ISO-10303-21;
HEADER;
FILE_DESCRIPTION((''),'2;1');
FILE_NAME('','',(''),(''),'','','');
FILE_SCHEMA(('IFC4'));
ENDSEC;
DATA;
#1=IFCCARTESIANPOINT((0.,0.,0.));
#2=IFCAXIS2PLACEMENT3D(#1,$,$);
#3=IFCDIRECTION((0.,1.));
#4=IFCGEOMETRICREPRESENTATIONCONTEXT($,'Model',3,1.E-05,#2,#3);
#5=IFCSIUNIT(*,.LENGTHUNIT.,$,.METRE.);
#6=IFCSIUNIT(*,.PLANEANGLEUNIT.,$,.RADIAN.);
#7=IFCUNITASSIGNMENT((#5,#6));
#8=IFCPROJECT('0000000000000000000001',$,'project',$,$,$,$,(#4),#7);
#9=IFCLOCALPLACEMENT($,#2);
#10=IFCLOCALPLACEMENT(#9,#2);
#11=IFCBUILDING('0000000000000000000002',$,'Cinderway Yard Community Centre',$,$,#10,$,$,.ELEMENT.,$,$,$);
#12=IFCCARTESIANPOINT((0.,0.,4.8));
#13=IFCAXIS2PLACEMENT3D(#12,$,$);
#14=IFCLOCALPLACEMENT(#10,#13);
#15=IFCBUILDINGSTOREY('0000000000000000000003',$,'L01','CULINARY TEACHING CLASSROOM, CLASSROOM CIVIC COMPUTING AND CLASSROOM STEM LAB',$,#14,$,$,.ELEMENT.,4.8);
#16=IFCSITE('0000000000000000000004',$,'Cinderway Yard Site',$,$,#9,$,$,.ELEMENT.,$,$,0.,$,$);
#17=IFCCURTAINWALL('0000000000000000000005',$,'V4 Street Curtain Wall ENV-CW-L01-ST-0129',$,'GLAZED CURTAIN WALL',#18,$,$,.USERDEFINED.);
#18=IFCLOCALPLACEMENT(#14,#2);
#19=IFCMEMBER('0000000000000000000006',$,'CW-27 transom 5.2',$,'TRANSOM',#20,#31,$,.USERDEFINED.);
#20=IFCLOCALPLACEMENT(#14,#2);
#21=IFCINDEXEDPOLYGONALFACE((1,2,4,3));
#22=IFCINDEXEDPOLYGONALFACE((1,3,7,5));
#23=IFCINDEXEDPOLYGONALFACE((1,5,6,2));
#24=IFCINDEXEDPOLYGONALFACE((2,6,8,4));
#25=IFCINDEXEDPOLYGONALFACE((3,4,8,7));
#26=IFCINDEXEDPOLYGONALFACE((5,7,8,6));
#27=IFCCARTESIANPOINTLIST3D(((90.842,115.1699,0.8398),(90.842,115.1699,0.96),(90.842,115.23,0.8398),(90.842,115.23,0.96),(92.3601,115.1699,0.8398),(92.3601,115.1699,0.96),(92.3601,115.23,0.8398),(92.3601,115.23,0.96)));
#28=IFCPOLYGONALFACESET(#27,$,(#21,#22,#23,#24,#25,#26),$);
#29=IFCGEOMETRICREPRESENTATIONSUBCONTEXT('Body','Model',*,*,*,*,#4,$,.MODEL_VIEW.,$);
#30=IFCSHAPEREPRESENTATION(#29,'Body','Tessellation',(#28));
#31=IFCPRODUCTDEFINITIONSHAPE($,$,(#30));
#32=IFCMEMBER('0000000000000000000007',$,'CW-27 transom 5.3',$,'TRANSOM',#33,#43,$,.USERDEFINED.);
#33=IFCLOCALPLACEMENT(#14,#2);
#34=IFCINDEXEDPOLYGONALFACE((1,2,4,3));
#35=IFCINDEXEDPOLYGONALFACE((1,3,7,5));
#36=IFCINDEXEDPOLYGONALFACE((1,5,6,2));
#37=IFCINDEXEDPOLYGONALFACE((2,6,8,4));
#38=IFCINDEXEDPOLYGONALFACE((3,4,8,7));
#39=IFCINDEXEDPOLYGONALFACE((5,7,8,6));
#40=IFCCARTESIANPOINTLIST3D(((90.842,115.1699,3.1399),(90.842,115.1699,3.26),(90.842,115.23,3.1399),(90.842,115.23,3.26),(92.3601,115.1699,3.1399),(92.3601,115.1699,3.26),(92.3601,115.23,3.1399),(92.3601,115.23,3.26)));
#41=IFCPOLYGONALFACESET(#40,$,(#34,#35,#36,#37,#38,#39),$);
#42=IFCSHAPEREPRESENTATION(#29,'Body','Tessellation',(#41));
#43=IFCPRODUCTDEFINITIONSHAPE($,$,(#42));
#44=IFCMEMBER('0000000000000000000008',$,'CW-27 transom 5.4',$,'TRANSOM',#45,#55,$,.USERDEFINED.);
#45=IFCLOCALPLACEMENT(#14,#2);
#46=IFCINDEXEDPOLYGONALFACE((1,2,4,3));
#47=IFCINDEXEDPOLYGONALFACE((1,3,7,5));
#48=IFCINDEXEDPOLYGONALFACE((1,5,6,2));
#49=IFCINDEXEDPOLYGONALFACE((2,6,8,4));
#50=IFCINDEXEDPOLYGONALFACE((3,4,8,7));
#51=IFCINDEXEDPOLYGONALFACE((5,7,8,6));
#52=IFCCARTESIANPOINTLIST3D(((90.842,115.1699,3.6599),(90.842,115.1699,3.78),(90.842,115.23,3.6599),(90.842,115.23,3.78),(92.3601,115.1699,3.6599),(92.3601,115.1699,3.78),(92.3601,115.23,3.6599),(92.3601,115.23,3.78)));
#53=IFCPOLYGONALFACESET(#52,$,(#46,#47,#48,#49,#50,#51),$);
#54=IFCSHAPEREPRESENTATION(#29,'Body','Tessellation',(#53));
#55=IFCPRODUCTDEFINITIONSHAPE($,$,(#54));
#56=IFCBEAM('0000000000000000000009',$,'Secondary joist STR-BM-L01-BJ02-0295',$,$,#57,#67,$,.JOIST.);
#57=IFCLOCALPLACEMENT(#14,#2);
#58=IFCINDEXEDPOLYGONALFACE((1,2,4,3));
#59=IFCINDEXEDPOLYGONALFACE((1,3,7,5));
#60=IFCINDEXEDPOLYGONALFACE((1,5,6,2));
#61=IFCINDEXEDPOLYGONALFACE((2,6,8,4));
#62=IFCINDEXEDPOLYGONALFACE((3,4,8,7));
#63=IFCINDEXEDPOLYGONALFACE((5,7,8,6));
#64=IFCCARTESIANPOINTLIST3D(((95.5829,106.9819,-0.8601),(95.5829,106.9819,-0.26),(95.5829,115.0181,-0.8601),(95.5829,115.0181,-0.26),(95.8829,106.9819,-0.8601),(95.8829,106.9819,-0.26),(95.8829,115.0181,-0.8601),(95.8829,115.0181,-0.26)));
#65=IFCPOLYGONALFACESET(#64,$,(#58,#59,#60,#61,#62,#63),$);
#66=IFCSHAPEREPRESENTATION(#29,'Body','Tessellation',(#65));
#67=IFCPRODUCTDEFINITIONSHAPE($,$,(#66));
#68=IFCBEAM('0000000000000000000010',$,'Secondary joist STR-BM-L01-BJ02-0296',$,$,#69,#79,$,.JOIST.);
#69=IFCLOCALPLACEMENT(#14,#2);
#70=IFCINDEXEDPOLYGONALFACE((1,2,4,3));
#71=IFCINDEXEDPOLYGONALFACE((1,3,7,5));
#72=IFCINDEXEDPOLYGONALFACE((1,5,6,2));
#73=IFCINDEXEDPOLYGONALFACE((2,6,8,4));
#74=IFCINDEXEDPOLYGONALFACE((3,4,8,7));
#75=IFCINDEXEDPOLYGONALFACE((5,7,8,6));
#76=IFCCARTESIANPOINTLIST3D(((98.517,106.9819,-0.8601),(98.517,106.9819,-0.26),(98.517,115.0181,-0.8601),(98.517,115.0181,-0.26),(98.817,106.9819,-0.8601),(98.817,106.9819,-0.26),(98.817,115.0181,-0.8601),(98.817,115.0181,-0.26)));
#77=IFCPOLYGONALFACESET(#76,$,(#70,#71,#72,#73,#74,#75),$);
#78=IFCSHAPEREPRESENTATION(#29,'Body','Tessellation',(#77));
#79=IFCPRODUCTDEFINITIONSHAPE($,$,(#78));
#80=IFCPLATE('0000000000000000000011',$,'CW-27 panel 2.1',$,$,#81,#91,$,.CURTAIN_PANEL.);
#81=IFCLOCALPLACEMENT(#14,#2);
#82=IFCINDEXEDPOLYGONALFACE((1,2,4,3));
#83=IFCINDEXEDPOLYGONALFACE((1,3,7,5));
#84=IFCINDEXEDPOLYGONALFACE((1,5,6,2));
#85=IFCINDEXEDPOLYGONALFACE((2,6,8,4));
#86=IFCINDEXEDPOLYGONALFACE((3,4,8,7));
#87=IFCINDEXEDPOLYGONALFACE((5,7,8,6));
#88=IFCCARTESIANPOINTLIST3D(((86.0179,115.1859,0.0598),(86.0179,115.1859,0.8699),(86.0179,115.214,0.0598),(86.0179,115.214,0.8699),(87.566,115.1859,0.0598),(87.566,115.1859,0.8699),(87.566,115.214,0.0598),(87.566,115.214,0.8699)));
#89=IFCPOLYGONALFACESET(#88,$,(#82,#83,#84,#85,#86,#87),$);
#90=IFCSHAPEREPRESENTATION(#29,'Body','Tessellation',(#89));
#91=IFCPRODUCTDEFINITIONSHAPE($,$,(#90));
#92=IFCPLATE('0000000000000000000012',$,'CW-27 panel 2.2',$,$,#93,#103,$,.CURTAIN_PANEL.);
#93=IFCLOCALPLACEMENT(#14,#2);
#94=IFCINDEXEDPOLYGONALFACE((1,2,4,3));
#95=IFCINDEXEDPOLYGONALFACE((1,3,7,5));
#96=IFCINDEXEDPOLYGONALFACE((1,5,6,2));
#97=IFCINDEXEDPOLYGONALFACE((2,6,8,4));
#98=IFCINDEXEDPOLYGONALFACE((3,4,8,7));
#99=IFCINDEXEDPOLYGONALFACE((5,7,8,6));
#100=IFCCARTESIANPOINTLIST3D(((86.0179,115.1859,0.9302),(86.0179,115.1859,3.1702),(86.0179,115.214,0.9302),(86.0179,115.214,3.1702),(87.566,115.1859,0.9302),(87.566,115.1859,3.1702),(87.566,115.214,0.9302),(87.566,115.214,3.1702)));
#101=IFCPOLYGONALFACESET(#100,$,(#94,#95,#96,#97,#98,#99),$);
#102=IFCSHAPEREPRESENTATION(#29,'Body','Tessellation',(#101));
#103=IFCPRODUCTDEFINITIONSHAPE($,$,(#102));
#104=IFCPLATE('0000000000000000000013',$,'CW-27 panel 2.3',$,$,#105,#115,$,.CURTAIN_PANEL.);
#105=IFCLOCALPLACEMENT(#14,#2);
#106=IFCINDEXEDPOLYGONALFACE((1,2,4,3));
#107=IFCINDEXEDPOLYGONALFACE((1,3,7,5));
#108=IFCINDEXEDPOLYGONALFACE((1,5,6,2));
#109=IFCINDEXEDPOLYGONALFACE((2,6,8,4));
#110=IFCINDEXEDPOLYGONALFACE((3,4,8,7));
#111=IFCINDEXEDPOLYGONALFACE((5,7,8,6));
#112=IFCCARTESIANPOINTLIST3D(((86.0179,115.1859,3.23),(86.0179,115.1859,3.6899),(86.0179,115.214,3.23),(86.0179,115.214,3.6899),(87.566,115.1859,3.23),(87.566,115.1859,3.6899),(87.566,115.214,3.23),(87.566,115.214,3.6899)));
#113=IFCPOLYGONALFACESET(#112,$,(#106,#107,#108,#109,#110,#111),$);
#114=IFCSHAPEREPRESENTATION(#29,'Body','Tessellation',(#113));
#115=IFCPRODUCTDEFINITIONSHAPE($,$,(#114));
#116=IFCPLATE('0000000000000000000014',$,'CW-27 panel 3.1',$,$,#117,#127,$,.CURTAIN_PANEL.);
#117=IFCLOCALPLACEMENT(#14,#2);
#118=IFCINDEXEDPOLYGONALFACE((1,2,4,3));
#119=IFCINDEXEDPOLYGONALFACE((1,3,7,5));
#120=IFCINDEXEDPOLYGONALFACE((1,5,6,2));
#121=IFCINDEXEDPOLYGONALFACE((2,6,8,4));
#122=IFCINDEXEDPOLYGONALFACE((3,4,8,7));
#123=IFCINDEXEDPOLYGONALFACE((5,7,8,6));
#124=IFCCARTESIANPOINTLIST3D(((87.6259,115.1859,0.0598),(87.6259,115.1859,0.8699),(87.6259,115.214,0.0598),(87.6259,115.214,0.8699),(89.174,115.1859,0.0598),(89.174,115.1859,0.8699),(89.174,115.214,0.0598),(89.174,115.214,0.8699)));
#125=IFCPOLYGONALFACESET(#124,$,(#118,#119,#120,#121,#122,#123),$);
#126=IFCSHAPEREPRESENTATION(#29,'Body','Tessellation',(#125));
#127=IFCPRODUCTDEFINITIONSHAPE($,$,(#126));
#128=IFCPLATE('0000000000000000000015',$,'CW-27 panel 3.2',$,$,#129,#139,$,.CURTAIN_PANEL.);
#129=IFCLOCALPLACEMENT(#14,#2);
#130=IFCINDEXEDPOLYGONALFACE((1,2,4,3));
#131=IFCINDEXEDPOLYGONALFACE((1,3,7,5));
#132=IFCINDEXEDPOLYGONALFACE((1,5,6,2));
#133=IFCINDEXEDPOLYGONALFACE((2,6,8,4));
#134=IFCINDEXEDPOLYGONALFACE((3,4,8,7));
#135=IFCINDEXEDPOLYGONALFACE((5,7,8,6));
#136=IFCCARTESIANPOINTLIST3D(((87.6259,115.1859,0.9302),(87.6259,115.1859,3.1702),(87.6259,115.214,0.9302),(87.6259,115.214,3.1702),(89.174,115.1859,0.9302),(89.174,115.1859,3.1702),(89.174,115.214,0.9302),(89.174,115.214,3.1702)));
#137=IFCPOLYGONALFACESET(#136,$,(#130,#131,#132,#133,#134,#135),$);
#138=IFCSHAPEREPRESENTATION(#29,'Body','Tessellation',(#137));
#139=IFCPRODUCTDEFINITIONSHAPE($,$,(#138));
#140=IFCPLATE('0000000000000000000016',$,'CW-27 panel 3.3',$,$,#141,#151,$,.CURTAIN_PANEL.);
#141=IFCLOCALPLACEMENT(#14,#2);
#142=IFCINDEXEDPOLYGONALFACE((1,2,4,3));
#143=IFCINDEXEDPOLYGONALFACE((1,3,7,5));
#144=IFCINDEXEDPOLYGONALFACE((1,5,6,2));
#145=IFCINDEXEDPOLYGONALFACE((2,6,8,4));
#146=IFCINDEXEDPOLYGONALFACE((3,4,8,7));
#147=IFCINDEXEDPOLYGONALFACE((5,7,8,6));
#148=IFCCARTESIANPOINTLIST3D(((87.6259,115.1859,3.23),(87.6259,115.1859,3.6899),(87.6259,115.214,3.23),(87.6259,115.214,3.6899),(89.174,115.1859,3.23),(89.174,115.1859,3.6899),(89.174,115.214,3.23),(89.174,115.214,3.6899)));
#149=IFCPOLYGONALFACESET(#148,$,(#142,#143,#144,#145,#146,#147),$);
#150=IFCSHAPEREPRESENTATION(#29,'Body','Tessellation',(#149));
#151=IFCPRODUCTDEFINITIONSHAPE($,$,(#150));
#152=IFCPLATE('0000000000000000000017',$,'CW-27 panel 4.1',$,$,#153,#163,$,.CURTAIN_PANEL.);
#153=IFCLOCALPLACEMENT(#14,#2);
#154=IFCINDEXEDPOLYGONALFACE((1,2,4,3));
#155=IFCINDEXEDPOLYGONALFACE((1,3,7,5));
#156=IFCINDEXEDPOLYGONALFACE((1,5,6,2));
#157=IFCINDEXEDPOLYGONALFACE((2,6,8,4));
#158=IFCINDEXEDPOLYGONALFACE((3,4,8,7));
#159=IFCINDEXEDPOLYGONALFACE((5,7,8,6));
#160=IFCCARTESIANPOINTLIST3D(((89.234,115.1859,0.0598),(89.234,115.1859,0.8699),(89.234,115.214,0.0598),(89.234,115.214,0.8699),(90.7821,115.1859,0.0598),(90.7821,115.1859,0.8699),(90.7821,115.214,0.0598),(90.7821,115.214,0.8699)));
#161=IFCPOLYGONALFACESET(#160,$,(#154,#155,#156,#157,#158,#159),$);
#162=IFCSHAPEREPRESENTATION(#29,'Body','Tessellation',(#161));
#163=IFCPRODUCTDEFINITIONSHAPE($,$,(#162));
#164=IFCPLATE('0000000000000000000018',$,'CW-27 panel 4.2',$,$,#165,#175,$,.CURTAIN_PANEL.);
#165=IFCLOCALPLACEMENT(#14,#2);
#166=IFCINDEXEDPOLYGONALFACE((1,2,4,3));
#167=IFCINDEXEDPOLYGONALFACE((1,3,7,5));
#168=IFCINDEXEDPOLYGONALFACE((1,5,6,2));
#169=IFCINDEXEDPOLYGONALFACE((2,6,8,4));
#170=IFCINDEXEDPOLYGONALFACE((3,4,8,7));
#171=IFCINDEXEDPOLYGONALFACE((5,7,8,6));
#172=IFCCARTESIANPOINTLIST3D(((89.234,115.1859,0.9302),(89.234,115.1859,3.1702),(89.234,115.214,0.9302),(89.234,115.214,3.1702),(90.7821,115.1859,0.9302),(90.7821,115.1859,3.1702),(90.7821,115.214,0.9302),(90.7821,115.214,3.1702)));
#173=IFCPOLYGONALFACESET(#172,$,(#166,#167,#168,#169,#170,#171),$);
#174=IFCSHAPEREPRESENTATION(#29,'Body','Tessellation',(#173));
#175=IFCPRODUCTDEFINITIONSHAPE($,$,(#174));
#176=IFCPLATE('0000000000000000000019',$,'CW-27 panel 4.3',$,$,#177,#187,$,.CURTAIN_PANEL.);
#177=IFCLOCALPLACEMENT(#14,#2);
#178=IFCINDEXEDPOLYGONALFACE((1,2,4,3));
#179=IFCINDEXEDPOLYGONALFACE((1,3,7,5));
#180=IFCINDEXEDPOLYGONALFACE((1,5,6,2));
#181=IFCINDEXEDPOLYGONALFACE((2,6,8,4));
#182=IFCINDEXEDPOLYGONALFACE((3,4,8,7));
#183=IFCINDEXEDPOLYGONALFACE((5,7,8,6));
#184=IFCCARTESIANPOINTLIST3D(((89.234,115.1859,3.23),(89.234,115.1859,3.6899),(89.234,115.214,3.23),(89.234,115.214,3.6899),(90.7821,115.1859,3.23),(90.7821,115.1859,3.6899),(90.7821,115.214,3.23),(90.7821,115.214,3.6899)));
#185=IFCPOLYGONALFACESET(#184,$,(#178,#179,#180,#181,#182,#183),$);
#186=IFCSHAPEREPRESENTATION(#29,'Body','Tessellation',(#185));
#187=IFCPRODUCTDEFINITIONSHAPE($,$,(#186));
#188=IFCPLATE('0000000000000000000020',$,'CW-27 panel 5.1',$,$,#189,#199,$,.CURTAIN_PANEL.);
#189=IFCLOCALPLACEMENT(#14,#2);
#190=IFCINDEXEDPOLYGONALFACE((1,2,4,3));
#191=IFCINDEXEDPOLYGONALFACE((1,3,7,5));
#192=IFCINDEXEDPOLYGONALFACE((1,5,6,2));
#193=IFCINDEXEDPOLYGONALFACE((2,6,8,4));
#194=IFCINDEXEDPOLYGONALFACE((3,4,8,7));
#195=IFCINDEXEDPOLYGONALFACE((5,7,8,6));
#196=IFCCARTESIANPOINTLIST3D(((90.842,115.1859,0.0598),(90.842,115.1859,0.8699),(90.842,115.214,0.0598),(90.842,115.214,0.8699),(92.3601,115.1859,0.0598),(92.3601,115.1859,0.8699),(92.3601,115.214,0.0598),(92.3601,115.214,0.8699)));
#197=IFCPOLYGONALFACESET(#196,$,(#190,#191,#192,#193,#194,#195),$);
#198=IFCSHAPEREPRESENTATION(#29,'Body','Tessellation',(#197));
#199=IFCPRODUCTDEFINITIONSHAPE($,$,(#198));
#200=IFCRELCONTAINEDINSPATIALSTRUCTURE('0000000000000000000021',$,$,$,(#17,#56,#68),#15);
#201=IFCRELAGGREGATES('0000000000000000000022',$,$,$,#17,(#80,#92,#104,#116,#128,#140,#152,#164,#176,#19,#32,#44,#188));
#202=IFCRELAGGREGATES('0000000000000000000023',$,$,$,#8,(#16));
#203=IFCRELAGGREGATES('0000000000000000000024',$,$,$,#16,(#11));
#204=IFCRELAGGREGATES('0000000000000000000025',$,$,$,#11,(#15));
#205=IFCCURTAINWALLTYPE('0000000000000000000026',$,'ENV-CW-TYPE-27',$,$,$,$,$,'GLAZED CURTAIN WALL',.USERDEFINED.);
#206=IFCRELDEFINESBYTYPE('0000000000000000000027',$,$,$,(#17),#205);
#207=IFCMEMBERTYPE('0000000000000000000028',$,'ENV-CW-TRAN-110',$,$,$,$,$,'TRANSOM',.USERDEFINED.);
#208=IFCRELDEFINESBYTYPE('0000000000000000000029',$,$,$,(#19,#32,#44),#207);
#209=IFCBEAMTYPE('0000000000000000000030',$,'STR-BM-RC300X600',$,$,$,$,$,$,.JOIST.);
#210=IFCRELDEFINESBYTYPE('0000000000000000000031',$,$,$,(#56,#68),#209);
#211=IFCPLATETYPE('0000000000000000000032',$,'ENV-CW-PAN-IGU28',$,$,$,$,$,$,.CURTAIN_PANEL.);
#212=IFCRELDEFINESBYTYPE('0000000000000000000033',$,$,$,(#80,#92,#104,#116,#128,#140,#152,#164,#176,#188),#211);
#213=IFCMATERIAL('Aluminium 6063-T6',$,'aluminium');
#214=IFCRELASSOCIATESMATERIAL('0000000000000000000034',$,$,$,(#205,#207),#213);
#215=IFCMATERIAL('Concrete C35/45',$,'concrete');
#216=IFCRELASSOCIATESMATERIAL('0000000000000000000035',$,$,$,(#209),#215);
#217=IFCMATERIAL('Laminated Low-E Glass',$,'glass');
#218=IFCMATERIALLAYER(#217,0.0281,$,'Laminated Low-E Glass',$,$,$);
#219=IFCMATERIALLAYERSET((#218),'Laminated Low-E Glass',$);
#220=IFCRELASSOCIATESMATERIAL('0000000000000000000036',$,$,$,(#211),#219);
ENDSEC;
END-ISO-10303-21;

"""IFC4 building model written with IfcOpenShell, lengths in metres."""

from ifc_helpers import new_model, si_unit, direction, frame, origin, origin_2d, place, context, subcontext, project, spatial, rectangle, extrude, material, layer, layer_set, material_profile, profile_set, type_object, element, aggregate, save


model = new_model("IFC4")

# Units and contexts
model_context = context("Model", 3, precision=1e-05, world=origin(), true_north=direction((0.0, 1.0)))
body_context = subcontext(model_context, "Body", "Model", "MODEL_VIEW")
ifc_project = project(units=[si_unit("LENGTHUNIT", "METRE"), si_unit("PLANEANGLEUNIT", "RADIAN")], contexts=[model_context])

# Site, building, storey
site_placement = place(None, origin())
site = spatial("IfcSite", under=ifc_project, at=site_placement, Name="Cinderway Yard Site", CompositionType="ELEMENT", RefElevation=0.0)
building_placement = place(site_placement, origin())
building = spatial("IfcBuilding", under=site, at=building_placement, Name="Cinderway Yard Community Centre", CompositionType="ELEMENT")
storey_placement = place(building_placement, frame((0.0, 0.0, 4.8)))
storey = spatial("IfcBuildingStorey", under=building, at=storey_placement, Name="L01", Description="CULINARY TEACHING CLASSROOM, CLASSROOM CIVIC COMPUTING AND CLASSROOM STEM LAB", CompositionType="ELEMENT", Elevation=4.8)

# Curtain wall, members
ifc_material_1 = material(Name="Aluminium 6063-T6", Category="aluminium")
curtain_wall_type = type_object("IfcCurtainWallType", Name="ENV-CW-TYPE-27", ElementType="GLAZED CURTAIN WALL", PredefinedType="USERDEFINED", material=ifc_material_1)
curtain_wall_placement = place(storey_placement, origin())
curtain_wall = element("IfcCurtainWall", 1, at=curtain_wall_placement, inside=storey, type_object=curtain_wall_type, Name="V4 Street Curtain Wall ENV-CW-L01-ST-0129", ObjectType="GLAZED CURTAIN WALL", PredefinedType="USERDEFINED")
ifc_material_profile_1 = material_profile(ifc_material_1, rectangle(XDim=0.0601, YDim=0.1201, at=origin_2d()), Name="Aluminium 6063-T6")
ifc_profile_set_1 = profile_set([ifc_material_profile_1], Name="Aluminium 6063-T6")
member_type_1 = type_object("IfcMemberType", Name="ENV-CW-TRAN-110", ElementType="TRANSOM", PredefinedType="USERDEFINED", material=ifc_profile_set_1)
member_1_placement = place(storey_placement, frame((90.842, 115.2, 0.8999), z_axis=(1.0, 0.0, 0.0), x_axis=(0.0, 1.0, 0.0)))
member_1 = element("IfcMember", 2, at=member_1_placement, type_object=member_type_1, Name="CW-27 transom 5.2", ObjectType="TRANSOM", PredefinedType="USERDEFINED", context=body_context, shape_type="SweptSolid", body=[
    extrude(rectangle(XDim=0.0601, YDim=0.1201, at=origin_2d()), origin(), (0.0, 0.0, 1.0), 1.5181),
])
member_2_placement = place(storey_placement, frame((90.842, 115.2, 3.2), z_axis=(1.0, 0.0, 0.0), x_axis=(0.0, 1.0, 0.0)))
member_2 = element("IfcMember", 3, at=member_2_placement, type_object=member_type_1, Name="CW-27 transom 5.3", ObjectType="TRANSOM", PredefinedType="USERDEFINED", context=body_context, shape_type="SweptSolid", body=[
    extrude(rectangle(XDim=0.0601, YDim=0.1201, at=origin_2d()), origin(), (0.0, 0.0, 1.0), 1.5181),
])
member_3_placement = place(storey_placement, frame((90.842, 115.2, 3.72), z_axis=(1.0, 0.0, 0.0), x_axis=(0.0, 1.0, 0.0)))
member_3 = element("IfcMember", 4, at=member_3_placement, type_object=member_type_1, Name="CW-27 transom 5.4", ObjectType="TRANSOM", PredefinedType="USERDEFINED", context=body_context, shape_type="SweptSolid", body=[
    extrude(rectangle(XDim=0.0601, YDim=0.1201, at=origin_2d()), origin(), (0.0, 0.0, 1.0), 1.5181),
])

# Beams
ifc_material_2 = material(Name="Concrete C35/45", Category="concrete")
ifc_material_profile_2 = material_profile(ifc_material_2, rectangle(XDim=0.3, YDim=0.6001, at=origin_2d()), Name="Concrete C35/45")
ifc_profile_set_2 = profile_set([ifc_material_profile_2], Name="Concrete C35/45")
beam_type = type_object("IfcBeamType", Name="STR-BM-RC300X600", PredefinedType="JOIST", material=ifc_profile_set_2)
for number, where, z_axis, x_axis, name in (
    (5, (95.7329, 106.9819, -0.5601), (0.0, 1.0, 0.0), (-1.0, 0.0, 0.0), "Secondary joist STR-BM-L01-BJ02-0295"),
    (6, (98.667, 106.9819, -0.5601), (0.0, 1.0, 0.0), (-1.0, 0.0, 0.0), "Secondary joist STR-BM-L01-BJ02-0296"),
):
    element("IfcBeam", number, at=place(storey_placement, frame(where, z_axis=z_axis, x_axis=x_axis)), inside=storey, type_object=beam_type, Name=name, PredefinedType="JOIST", context=body_context, shape_type="SweptSolid", body=[
        extrude(rectangle(XDim=0.3, YDim=0.6001, at=origin_2d()), origin(), (0.0, 0.0, 1.0), 8.0361),
    ])

# Plates
ifc_material_3 = material(Name="Laminated Low-E Glass", Category="glass")
ifc_layer = layer(ifc_material_3, 0.0281, Name="Laminated Low-E Glass")
ifc_layer_set = layer_set([ifc_layer], Name="Laminated Low-E Glass")
plate_type = type_object("IfcPlateType", Name="ENV-CW-PAN-IGU28", PredefinedType="CURTAIN_PANEL", material=ifc_layer_set)
plate_1_placement = place(storey_placement, frame((86.792, 115.2, 0.0598), z_axis=(0.0, 0.0, 1.0), x_axis=(1.0, 0.0, 0.0)))
plate_1 = element("IfcPlate", 7, at=plate_1_placement, type_object=plate_type, Name="CW-27 panel 2.1", PredefinedType="CURTAIN_PANEL", context=body_context, shape_type="SweptSolid", body=[
    extrude(rectangle(XDim=1.5481, YDim=0.0281, at=origin_2d()), origin(), (0.0, 0.0, 1.0), 0.8101),
])
plate_2_placement = place(storey_placement, frame((86.792, 115.2, 0.9302), z_axis=(0.0, 0.0, 1.0), x_axis=(1.0, 0.0, 0.0)))
plate_2 = element("IfcPlate", 8, at=plate_2_placement, type_object=plate_type, Name="CW-27 panel 2.2", PredefinedType="CURTAIN_PANEL", context=body_context, shape_type="SweptSolid", body=[
    extrude(rectangle(XDim=1.5481, YDim=0.0281, at=origin_2d()), origin(), (0.0, 0.0, 1.0), 2.24),
])
plate_3_placement = place(storey_placement, frame((86.792, 115.2, 3.23), z_axis=(0.0, 0.0, 1.0), x_axis=(1.0, 0.0, 0.0)))
plate_3 = element("IfcPlate", 9, at=plate_3_placement, type_object=plate_type, Name="CW-27 panel 2.3", PredefinedType="CURTAIN_PANEL", context=body_context, shape_type="SweptSolid", body=[
    extrude(rectangle(XDim=1.5481, YDim=0.0281, at=origin_2d()), origin(), (0.0, 0.0, 1.0), 0.46),
])
plate_4_placement = place(storey_placement, frame((88.3999, 115.2, 0.0598), z_axis=(0.0, 0.0, 1.0), x_axis=(1.0, 0.0, 0.0)))
plate_4 = element("IfcPlate", 10, at=plate_4_placement, type_object=plate_type, Name="CW-27 panel 3.1", PredefinedType="CURTAIN_PANEL", context=body_context, shape_type="SweptSolid", body=[
    extrude(rectangle(XDim=1.5481, YDim=0.0281, at=origin_2d()), origin(), (0.0, 0.0, 1.0), 0.8101),
])
plate_5_placement = place(storey_placement, frame((88.3999, 115.2, 0.9302), z_axis=(0.0, 0.0, 1.0), x_axis=(1.0, 0.0, 0.0)))
plate_5 = element("IfcPlate", 11, at=plate_5_placement, type_object=plate_type, Name="CW-27 panel 3.2", PredefinedType="CURTAIN_PANEL", context=body_context, shape_type="SweptSolid", body=[
    extrude(rectangle(XDim=1.5481, YDim=0.0281, at=origin_2d()), origin(), (0.0, 0.0, 1.0), 2.24),
])
plate_6_placement = place(storey_placement, frame((88.3999, 115.2, 3.23), z_axis=(0.0, 0.0, 1.0), x_axis=(1.0, 0.0, 0.0)))
plate_6 = element("IfcPlate", 12, at=plate_6_placement, type_object=plate_type, Name="CW-27 panel 3.3", PredefinedType="CURTAIN_PANEL", context=body_context, shape_type="SweptSolid", body=[
    extrude(rectangle(XDim=1.5481, YDim=0.0281, at=origin_2d()), origin(), (0.0, 0.0, 1.0), 0.46),
])
plate_7_placement = place(storey_placement, frame((90.0081, 115.2, 0.0598), z_axis=(0.0, 0.0, 1.0), x_axis=(1.0, 0.0, 0.0)))
plate_7 = element("IfcPlate", 13, at=plate_7_placement, type_object=plate_type, Name="CW-27 panel 4.1", PredefinedType="CURTAIN_PANEL", context=body_context, shape_type="SweptSolid", body=[
    extrude(rectangle(XDim=1.5481, YDim=0.0281, at=origin_2d()), origin(), (0.0, 0.0, 1.0), 0.8101),
])
plate_8_placement = place(storey_placement, frame((90.0081, 115.2, 0.9302), z_axis=(0.0, 0.0, 1.0), x_axis=(1.0, 0.0, 0.0)))
plate_8 = element("IfcPlate", 14, at=plate_8_placement, type_object=plate_type, Name="CW-27 panel 4.2", PredefinedType="CURTAIN_PANEL", context=body_context, shape_type="SweptSolid", body=[
    extrude(rectangle(XDim=1.5481, YDim=0.0281, at=origin_2d()), origin(), (0.0, 0.0, 1.0), 2.24),
])
plate_9_placement = place(storey_placement, frame((90.0081, 115.2, 3.23), z_axis=(0.0, 0.0, 1.0), x_axis=(1.0, 0.0, 0.0)))
plate_9 = element("IfcPlate", 15, at=plate_9_placement, type_object=plate_type, Name="CW-27 panel 4.3", PredefinedType="CURTAIN_PANEL", context=body_context, shape_type="SweptSolid", body=[
    extrude(rectangle(XDim=1.5481, YDim=0.0281, at=origin_2d()), origin(), (0.0, 0.0, 1.0), 0.46),
])
plate_10_placement = place(storey_placement, frame((91.6011, 115.2, 0.0598), z_axis=(0.0, 0.0, 1.0), x_axis=(1.0, 0.0, 0.0)))
plate_10 = element("IfcPlate", 16, at=plate_10_placement, type_object=plate_type, Name="CW-27 panel 5.1", PredefinedType="CURTAIN_PANEL", context=body_context, shape_type="SweptSolid", body=[
    extrude(rectangle(XDim=1.5181, YDim=0.0281, at=origin_2d()), origin(), (0.0, 0.0, 1.0), 0.8101),
])
aggregate(curtain_wall, [plate_1, plate_2, plate_3, plate_4, plate_5, plate_6, plate_7, plate_8, plate_9, member_1, member_2, member_3, plate_10])

save(model, "model.ifc")
